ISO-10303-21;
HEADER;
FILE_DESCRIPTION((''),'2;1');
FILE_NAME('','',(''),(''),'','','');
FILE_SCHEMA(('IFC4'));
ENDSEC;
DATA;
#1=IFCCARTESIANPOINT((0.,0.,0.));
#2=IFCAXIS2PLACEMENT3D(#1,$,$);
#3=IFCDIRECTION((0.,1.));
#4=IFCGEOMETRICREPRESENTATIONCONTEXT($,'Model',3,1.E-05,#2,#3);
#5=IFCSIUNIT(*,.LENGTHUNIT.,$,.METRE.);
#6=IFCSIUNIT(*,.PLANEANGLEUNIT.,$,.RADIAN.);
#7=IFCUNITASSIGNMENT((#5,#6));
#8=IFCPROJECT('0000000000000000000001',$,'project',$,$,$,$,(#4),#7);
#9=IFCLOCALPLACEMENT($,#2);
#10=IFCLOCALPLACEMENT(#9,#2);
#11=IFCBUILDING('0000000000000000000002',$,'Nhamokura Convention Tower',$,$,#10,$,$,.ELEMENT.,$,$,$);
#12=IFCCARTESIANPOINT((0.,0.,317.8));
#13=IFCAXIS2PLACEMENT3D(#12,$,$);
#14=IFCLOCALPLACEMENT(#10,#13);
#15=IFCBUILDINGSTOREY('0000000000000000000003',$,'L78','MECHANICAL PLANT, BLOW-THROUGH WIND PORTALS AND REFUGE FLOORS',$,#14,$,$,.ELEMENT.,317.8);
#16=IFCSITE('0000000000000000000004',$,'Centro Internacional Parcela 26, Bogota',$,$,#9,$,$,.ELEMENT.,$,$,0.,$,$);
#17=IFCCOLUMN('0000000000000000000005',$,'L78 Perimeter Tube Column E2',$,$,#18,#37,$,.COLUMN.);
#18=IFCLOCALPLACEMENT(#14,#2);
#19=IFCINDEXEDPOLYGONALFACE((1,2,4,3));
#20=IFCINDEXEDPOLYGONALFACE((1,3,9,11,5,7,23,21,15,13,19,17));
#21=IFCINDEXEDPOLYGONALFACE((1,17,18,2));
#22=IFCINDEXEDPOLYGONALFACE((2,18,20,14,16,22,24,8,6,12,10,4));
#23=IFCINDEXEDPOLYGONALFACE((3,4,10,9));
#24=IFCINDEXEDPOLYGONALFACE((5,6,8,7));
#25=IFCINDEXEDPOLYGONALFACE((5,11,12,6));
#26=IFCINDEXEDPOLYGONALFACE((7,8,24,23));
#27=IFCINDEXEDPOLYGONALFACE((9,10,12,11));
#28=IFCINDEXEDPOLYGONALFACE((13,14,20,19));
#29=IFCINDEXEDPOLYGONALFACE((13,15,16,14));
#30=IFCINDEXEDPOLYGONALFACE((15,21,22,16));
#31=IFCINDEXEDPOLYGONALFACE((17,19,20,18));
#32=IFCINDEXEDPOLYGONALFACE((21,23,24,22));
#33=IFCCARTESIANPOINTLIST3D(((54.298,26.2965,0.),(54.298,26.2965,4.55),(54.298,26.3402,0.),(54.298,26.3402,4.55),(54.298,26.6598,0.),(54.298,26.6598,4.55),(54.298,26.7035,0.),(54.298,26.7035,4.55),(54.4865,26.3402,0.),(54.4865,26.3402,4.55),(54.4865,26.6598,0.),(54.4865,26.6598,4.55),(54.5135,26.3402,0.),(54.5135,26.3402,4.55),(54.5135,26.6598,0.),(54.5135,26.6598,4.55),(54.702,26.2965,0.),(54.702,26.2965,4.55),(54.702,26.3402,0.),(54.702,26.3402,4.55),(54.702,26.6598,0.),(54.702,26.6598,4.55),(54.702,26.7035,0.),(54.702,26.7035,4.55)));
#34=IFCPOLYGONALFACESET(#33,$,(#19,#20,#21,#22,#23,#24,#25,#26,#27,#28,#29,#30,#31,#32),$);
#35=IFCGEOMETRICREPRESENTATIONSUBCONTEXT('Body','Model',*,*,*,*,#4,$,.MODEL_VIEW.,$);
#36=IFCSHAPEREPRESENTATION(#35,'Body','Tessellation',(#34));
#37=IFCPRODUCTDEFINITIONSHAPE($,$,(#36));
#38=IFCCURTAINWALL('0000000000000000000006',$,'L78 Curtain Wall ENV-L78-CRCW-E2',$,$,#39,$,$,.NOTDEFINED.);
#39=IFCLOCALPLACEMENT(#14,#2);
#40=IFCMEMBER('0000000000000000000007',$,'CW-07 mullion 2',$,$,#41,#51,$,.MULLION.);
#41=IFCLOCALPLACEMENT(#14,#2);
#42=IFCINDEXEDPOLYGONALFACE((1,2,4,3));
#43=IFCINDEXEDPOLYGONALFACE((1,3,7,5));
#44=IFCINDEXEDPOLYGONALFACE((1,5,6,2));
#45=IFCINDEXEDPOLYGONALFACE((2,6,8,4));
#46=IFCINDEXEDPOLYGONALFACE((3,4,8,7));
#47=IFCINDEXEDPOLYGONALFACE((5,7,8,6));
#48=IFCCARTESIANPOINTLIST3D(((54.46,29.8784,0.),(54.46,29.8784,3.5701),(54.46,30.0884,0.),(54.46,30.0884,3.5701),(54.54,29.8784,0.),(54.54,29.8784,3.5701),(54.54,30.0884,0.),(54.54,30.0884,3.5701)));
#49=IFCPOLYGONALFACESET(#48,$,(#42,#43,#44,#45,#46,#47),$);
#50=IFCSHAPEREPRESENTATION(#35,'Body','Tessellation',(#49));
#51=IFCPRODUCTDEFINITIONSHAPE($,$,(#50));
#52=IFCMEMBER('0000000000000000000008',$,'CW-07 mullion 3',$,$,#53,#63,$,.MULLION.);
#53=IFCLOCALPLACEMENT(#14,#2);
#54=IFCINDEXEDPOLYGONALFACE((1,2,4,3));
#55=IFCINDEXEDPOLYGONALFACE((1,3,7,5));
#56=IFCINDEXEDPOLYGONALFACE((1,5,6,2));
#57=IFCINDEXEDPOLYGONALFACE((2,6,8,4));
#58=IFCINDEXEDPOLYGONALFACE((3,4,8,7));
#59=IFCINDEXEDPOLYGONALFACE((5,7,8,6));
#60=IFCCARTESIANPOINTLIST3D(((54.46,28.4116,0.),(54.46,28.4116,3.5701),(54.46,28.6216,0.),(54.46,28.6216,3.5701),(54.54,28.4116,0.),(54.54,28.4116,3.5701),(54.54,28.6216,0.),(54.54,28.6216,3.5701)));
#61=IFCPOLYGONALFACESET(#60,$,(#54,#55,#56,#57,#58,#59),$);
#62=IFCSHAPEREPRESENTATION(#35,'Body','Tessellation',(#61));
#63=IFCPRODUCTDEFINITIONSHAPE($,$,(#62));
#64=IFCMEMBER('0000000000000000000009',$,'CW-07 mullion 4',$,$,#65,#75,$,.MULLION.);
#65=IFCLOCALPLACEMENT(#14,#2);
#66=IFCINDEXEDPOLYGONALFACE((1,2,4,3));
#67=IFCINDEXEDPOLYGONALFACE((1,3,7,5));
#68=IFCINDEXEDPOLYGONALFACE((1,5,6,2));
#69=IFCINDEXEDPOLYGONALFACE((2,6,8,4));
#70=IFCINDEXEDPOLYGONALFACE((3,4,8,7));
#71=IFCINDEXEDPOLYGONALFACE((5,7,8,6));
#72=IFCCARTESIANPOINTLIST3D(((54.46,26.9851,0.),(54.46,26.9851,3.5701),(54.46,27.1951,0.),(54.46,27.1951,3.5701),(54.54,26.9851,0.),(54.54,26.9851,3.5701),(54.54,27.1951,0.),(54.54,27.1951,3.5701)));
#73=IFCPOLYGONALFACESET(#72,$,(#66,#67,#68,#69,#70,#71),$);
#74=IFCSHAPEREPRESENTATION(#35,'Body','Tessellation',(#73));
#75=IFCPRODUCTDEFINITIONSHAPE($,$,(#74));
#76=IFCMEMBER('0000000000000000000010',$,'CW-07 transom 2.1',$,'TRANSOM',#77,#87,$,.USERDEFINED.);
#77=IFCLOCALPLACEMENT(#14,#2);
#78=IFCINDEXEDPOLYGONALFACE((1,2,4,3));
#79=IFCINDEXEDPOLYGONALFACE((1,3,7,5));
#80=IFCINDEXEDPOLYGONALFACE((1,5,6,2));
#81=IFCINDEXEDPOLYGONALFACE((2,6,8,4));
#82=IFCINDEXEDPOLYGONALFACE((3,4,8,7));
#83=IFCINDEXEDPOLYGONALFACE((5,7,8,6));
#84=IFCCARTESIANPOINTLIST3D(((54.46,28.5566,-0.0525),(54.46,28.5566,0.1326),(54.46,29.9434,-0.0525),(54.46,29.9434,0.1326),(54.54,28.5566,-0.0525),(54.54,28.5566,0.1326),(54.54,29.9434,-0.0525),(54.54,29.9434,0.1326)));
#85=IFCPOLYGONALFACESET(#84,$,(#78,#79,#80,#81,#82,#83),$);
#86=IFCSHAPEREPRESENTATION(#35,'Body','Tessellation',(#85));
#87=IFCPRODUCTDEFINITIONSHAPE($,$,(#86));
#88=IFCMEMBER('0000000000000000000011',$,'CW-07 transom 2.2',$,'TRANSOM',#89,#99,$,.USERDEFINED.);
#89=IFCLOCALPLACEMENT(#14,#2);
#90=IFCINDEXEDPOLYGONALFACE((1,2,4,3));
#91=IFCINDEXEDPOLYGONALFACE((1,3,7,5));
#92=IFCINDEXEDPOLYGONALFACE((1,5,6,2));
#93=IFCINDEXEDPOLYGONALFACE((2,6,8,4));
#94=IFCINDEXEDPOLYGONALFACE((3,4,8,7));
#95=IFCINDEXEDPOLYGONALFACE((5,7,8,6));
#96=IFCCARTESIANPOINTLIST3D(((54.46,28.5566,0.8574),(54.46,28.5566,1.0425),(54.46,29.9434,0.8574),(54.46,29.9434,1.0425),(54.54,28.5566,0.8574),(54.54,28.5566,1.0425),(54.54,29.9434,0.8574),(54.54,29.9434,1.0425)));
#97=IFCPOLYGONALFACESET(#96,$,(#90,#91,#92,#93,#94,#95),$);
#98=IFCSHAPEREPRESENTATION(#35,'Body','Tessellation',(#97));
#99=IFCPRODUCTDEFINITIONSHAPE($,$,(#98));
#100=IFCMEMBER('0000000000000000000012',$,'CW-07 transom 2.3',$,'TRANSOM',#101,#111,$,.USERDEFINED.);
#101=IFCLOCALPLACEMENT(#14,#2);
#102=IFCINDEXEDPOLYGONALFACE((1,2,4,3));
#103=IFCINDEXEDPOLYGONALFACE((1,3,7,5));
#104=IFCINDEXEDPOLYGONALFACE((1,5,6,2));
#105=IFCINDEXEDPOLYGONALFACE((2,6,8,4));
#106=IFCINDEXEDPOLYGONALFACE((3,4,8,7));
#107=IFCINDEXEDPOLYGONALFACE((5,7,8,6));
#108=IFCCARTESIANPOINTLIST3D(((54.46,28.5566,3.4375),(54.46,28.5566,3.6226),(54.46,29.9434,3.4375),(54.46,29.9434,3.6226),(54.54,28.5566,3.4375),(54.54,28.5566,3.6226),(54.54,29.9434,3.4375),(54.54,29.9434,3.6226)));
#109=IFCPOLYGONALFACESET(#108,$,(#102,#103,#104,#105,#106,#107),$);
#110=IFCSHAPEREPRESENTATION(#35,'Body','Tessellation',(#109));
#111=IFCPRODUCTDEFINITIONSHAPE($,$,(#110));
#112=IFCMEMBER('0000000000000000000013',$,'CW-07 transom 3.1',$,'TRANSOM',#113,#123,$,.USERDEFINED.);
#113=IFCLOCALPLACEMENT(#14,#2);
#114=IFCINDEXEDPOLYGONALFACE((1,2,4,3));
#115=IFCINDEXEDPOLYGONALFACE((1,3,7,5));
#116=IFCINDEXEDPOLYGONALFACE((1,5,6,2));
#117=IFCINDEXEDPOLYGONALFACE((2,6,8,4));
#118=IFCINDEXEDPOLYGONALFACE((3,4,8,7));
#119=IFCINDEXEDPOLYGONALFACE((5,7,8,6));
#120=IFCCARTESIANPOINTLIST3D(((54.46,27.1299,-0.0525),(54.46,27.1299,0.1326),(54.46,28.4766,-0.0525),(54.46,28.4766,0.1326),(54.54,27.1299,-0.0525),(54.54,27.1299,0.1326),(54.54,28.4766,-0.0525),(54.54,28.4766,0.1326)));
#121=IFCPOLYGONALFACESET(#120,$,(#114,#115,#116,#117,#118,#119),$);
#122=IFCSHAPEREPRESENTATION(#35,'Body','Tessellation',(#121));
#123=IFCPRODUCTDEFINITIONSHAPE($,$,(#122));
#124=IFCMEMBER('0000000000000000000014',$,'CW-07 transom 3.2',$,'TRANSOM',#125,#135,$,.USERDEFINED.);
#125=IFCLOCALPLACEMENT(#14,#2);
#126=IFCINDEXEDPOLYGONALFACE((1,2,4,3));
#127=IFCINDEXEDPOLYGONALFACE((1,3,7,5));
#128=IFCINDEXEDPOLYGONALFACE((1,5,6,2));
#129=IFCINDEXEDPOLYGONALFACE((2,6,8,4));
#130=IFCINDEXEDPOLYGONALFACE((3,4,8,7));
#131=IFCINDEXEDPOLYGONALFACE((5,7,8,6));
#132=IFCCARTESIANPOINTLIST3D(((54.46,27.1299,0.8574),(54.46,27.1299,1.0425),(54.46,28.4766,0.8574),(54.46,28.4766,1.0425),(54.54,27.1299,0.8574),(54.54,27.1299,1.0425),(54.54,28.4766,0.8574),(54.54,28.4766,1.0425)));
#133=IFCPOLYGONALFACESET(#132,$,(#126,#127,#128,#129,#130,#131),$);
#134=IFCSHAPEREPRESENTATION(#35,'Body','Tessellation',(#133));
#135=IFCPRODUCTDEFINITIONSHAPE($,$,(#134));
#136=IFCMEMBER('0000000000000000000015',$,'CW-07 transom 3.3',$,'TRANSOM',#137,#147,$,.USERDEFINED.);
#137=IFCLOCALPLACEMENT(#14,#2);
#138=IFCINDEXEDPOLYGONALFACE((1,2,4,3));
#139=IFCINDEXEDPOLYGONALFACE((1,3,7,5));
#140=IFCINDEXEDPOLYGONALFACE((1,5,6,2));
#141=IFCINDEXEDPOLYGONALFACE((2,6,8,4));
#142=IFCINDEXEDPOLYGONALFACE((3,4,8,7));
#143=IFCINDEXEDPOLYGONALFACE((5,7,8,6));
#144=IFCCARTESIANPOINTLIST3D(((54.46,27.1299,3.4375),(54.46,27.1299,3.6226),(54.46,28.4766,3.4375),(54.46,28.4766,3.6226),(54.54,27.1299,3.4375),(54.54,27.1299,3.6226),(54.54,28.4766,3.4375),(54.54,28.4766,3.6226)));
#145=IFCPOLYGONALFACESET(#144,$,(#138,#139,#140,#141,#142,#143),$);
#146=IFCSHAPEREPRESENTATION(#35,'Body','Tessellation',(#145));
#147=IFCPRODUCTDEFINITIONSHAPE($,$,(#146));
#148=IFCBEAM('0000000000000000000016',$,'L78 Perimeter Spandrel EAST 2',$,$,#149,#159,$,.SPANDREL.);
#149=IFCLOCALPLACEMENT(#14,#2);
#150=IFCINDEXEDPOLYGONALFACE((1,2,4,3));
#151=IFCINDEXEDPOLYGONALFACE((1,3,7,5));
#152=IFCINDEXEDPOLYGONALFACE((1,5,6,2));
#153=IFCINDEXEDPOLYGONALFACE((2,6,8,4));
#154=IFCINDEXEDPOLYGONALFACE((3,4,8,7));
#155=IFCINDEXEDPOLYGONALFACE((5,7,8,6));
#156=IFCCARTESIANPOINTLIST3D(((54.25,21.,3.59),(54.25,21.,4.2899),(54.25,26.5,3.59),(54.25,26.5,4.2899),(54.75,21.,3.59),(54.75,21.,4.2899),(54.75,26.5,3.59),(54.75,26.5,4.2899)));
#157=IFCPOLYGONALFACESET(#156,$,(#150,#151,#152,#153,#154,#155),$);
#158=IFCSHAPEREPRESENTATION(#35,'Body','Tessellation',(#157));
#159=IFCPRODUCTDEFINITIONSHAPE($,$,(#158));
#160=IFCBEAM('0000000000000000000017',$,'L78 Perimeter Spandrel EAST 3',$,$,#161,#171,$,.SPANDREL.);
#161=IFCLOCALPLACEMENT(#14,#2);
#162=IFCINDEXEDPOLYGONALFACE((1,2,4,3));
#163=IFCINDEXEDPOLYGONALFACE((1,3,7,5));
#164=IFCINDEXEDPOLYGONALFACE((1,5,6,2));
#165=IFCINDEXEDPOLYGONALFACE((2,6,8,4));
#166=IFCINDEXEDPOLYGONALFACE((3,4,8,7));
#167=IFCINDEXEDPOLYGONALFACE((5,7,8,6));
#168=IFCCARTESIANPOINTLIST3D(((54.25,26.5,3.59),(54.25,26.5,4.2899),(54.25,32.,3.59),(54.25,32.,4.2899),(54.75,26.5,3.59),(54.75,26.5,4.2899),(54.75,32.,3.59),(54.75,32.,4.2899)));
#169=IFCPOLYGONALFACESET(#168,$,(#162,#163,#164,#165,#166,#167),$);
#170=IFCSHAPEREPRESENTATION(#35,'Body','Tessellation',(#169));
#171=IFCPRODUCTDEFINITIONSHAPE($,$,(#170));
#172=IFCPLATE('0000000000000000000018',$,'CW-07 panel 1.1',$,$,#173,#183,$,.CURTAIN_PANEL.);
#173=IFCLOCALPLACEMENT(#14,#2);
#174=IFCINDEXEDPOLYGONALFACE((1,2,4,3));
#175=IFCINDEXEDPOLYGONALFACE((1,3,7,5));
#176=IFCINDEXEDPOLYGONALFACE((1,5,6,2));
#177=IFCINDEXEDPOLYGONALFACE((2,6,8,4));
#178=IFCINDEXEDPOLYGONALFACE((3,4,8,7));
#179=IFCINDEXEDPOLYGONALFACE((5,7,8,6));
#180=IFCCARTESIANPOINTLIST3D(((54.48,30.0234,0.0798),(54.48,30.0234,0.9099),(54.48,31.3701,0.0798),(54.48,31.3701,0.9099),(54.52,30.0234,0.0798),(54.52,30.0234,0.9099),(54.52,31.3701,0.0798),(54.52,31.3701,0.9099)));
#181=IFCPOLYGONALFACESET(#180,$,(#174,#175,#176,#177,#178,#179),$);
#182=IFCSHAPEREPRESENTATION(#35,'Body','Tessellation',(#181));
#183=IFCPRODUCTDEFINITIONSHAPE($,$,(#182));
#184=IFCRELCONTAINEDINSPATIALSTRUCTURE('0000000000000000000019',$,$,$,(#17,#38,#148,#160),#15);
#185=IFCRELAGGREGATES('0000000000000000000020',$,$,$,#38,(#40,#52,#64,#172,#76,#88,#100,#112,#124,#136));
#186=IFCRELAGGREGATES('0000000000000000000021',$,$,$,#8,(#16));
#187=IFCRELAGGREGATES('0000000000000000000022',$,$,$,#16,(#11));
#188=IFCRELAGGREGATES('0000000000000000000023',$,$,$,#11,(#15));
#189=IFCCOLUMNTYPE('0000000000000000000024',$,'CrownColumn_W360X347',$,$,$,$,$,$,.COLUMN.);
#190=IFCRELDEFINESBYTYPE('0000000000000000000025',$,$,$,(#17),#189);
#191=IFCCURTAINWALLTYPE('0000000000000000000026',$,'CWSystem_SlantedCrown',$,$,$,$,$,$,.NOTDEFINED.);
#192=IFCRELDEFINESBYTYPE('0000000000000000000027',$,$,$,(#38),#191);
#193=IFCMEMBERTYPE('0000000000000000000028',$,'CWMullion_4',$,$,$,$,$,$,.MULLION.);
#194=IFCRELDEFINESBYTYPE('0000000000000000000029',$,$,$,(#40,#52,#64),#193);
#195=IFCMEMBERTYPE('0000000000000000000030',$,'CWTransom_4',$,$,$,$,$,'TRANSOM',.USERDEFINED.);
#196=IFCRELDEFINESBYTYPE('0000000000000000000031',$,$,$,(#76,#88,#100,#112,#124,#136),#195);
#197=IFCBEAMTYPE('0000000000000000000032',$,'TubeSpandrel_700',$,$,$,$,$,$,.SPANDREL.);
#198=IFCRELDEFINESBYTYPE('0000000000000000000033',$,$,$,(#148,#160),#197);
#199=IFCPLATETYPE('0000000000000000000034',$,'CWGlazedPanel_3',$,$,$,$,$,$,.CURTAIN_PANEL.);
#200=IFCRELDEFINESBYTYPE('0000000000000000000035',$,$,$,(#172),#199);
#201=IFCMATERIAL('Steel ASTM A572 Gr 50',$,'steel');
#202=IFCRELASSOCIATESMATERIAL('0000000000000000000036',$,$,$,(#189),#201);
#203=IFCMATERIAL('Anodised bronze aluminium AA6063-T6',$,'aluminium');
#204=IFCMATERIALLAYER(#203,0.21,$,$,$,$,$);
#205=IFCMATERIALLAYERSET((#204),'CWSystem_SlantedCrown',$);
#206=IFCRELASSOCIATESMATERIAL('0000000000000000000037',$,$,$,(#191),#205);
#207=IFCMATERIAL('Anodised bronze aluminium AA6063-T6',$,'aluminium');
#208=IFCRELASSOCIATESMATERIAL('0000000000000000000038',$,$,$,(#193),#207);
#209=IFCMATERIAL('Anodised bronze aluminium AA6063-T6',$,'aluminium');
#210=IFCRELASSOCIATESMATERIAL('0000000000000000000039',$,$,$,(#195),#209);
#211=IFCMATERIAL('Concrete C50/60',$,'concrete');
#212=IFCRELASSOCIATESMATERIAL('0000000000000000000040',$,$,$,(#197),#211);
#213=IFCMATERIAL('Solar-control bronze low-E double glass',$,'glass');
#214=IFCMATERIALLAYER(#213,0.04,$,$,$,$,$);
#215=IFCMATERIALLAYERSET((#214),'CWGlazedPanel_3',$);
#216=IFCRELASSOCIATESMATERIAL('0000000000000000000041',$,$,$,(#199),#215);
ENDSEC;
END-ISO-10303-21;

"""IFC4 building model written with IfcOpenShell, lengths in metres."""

from ifc_helpers import new_model, si_unit, direction, frame, origin, origin_2d, place, context, subcontext, project, spatial, rectangle, i_section, extrude, material, layer, layer_set, material_profile, profile_set, type_object, element, aggregate, save


model = new_model("IFC4")

# Units and contexts
model_context = context("Model", 3, precision=1e-05, world=origin(), true_north=direction((0.0, 1.0)))
body_context = subcontext(model_context, "Body", "Model", "MODEL_VIEW")
ifc_project = project(units=[si_unit("LENGTHUNIT", "METRE"), si_unit("PLANEANGLEUNIT", "RADIAN")], contexts=[model_context])

# Site, building, storey
site_placement = place(None, origin())
site = spatial("IfcSite", under=ifc_project, at=site_placement, Name="Centro Internacional Parcela 26, Bogota", CompositionType="ELEMENT", RefElevation=0.0)
building_placement = place(site_placement, origin())
building = spatial("IfcBuilding", under=site, at=building_placement, Name="Nhamokura Convention Tower", CompositionType="ELEMENT")
storey_placement = place(building_placement, frame((0.0, 0.0, 317.8)))
storey = spatial("IfcBuildingStorey", under=building, at=storey_placement, Name="L78", Description="MECHANICAL PLANT, BLOW-THROUGH WIND PORTALS AND REFUGE FLOORS", CompositionType="ELEMENT", Elevation=317.8)

# Column
ifc_material_1 = material(Name="Steel ASTM A572 Gr 50", Category="steel")
ifc_material_profile_1 = material_profile(ifc_material_1, i_section(OverallWidth=0.4041, OverallDepth=0.407, WebThickness=0.0271, FlangeThickness=0.0437, at=origin_2d()))
ifc_profile_set_1 = profile_set([ifc_material_profile_1], Name="Steel ASTM A572 Gr 50")
column_type = type_object("IfcColumnType", Name="CrownColumn_W360X347", PredefinedType="COLUMN", material=ifc_profile_set_1)
column_placement = place(storey_placement, frame((54.5, 26.5, 0.0), z_axis=(0.0, 0.0, 1.0), x_axis=(1.0, 0.0, 0.0)))
element("IfcColumn", 1, at=column_placement, inside=storey, type_object=column_type, Name="L78 Perimeter Tube Column E2", PredefinedType="COLUMN", context=body_context, shape_type="SweptSolid", body=[
    extrude(i_section(OverallWidth=0.4041, OverallDepth=0.407, WebThickness=0.0271, FlangeThickness=0.0437, at=origin_2d()), origin(), (0.0, 0.0, 1.0), 4.55),
])

# Curtain wall, members
ifc_material_2 = material(Name="Anodised bronze aluminium AA6063-T6", Category="aluminium")
ifc_layer_1 = layer(ifc_material_2, 0.21)
ifc_layer_set_1 = layer_set([ifc_layer_1], Name="CWSystem_SlantedCrown")
curtain_wall_type = type_object("IfcCurtainWallType", Name="CWSystem_SlantedCrown", PredefinedType="NOTDEFINED", material=ifc_layer_set_1)
curtain_wall_placement = place(storey_placement, origin())
curtain_wall = element("IfcCurtainWall", 2, at=curtain_wall_placement, inside=storey, type_object=curtain_wall_type, Name="L78 Curtain Wall ENV-L78-CRCW-E2", PredefinedType="NOTDEFINED")
ifc_material_3 = material(Name="Anodised bronze aluminium AA6063-T6", Category="aluminium")
ifc_material_profile_2 = material_profile(ifc_material_3, rectangle(XDim=0.0801, YDim=0.21, at=origin_2d()))
ifc_profile_set_2 = profile_set([ifc_material_profile_2], Name="Anodised bronze aluminium AA6063-T6")
member_type_1 = type_object("IfcMemberType", Name="CWMullion_4", PredefinedType="MULLION", material=ifc_profile_set_2)
member_1_placement = place(storey_placement, frame((54.5, 29.9834, 0.0), z_axis=(0.0, 0.0, 1.0), x_axis=(1.0, 0.0, 0.0)))
member_1 = element("IfcMember", 3, at=member_1_placement, type_object=member_type_1, Name="CW-07 mullion 2", PredefinedType="MULLION", context=body_context, shape_type="SweptSolid", body=[
    extrude(rectangle(XDim=0.0801, YDim=0.21, at=origin_2d()), origin(), (0.0, 0.0, 1.0), 3.5701),
])
member_2_placement = place(storey_placement, frame((54.5, 28.5166, 0.0), z_axis=(0.0, 0.0, 1.0), x_axis=(1.0, 0.0, 0.0)))
member_2 = element("IfcMember", 4, at=member_2_placement, type_object=member_type_1, Name="CW-07 mullion 3", PredefinedType="MULLION", context=body_context, shape_type="SweptSolid", body=[
    extrude(rectangle(XDim=0.0801, YDim=0.21, at=origin_2d()), origin(), (0.0, 0.0, 1.0), 3.5701),
])
member_3_placement = place(storey_placement, frame((54.5, 27.0901, 0.0), z_axis=(0.0, 0.0, 1.0), x_axis=(1.0, 0.0, 0.0)))
member_3 = element("IfcMember", 5, at=member_3_placement, type_object=member_type_1, Name="CW-07 mullion 4", PredefinedType="MULLION", context=body_context, shape_type="SweptSolid", body=[
    extrude(rectangle(XDim=0.0801, YDim=0.21, at=origin_2d()), origin(), (0.0, 0.0, 1.0), 3.5701),
])
ifc_material_4 = material(Name="Anodised bronze aluminium AA6063-T6", Category="aluminium")
ifc_material_profile_3 = material_profile(ifc_material_4, rectangle(XDim=0.0801, YDim=0.1851, at=origin_2d()))
ifc_profile_set_3 = profile_set([ifc_material_profile_3], Name="Anodised bronze aluminium AA6063-T6")
member_type_2 = type_object("IfcMemberType", Name="CWTransom_4", ElementType="TRANSOM", PredefinedType="USERDEFINED", material=ifc_profile_set_3)
member_4_placement = place(storey_placement, frame((54.5, 29.9434, 0.04), z_axis=(0.0, -1.0, 0.0), x_axis=(1.0, 0.0, 0.0)))
member_4 = element("IfcMember", 6, at=member_4_placement, type_object=member_type_2, Name="CW-07 transom 2.1", ObjectType="TRANSOM", PredefinedType="USERDEFINED", context=body_context, shape_type="SweptSolid", body=[
    extrude(rectangle(XDim=0.0801, YDim=0.1851, at=origin_2d()), origin(), (0.0, 0.0, 1.0), 1.3867),
])
member_5_placement = place(storey_placement, frame((54.5, 29.9434, 0.95), z_axis=(0.0, -1.0, 0.0), x_axis=(1.0, 0.0, 0.0)))
member_5 = element("IfcMember", 7, at=member_5_placement, type_object=member_type_2, Name="CW-07 transom 2.2", ObjectType="TRANSOM", PredefinedType="USERDEFINED", context=body_context, shape_type="SweptSolid", body=[
    extrude(rectangle(XDim=0.0801, YDim=0.1851, at=origin_2d()), origin(), (0.0, 0.0, 1.0), 1.3867),
])
member_6_placement = place(storey_placement, frame((54.5, 29.9434, 3.53), z_axis=(0.0, -1.0, 0.0), x_axis=(1.0, 0.0, 0.0)))
member_6 = element("IfcMember", 8, at=member_6_placement, type_object=member_type_2, Name="CW-07 transom 2.3", ObjectType="TRANSOM", PredefinedType="USERDEFINED", context=body_context, shape_type="SweptSolid", body=[
    extrude(rectangle(XDim=0.0801, YDim=0.1851, at=origin_2d()), origin(), (0.0, 0.0, 1.0), 1.3867),
])
member_7_placement = place(storey_placement, frame((54.5, 28.4766, 0.04), z_axis=(0.0, -1.0, 0.0), x_axis=(1.0, 0.0, 0.0)))
member_7 = element("IfcMember", 9, at=member_7_placement, type_object=member_type_2, Name="CW-07 transom 3.1", ObjectType="TRANSOM", PredefinedType="USERDEFINED", context=body_context, shape_type="SweptSolid", body=[
    extrude(rectangle(XDim=0.0801, YDim=0.1851, at=origin_2d()), origin(), (0.0, 0.0, 1.0), 1.3467),
])
member_8_placement = place(storey_placement, frame((54.5, 28.4766, 0.95), z_axis=(0.0, -1.0, 0.0), x_axis=(1.0, 0.0, 0.0)))
member_8 = element("IfcMember", 10, at=member_8_placement, type_object=member_type_2, Name="CW-07 transom 3.2", ObjectType="TRANSOM", PredefinedType="USERDEFINED", context=body_context, shape_type="SweptSolid", body=[
    extrude(rectangle(XDim=0.0801, YDim=0.1851, at=origin_2d()), origin(), (0.0, 0.0, 1.0), 1.3467),
])
member_9_placement = place(storey_placement, frame((54.5, 28.4766, 3.53), z_axis=(0.0, -1.0, 0.0), x_axis=(1.0, 0.0, 0.0)))
member_9 = element("IfcMember", 11, at=member_9_placement, type_object=member_type_2, Name="CW-07 transom 3.3", ObjectType="TRANSOM", PredefinedType="USERDEFINED", context=body_context, shape_type="SweptSolid", body=[
    extrude(rectangle(XDim=0.0801, YDim=0.1851, at=origin_2d()), origin(), (0.0, 0.0, 1.0), 1.3467),
])

# Beams
ifc_material_5 = material(Name="Concrete C50/60", Category="concrete")
ifc_material_profile_4 = material_profile(ifc_material_5, rectangle(XDim=0.5, YDim=0.7, at=origin_2d()))
ifc_profile_set_4 = profile_set([ifc_material_profile_4], Name="Concrete C50/60")
beam_type = type_object("IfcBeamType", Name="TubeSpandrel_700", PredefinedType="SPANDREL", material=ifc_profile_set_4)
for number, where, z_axis, x_axis, name in (
    (12, (54.5, 21.0, 3.9399), (0.0, 1.0, 0.0), (-1.0, 0.0, 0.0), "L78 Perimeter Spandrel EAST 2"),
    (13, (54.5, 26.5, 3.9399), (0.0, 1.0, 0.0), (-1.0, 0.0, 0.0), "L78 Perimeter Spandrel EAST 3"),
):
    element("IfcBeam", number, at=place(storey_placement, frame(where, z_axis=z_axis, x_axis=x_axis)), inside=storey, type_object=beam_type, Name=name, PredefinedType="SPANDREL", context=body_context, shape_type="SweptSolid", body=[
        extrude(rectangle(XDim=0.5, YDim=0.7, at=origin_2d()), origin(), (0.0, 0.0, 1.0), 5.5),
    ])

# Plate
ifc_material_6 = material(Name="Solar-control bronze low-E double glass", Category="glass")
ifc_layer_2 = layer(ifc_material_6, 0.04)
ifc_layer_set_2 = layer_set([ifc_layer_2], Name="CWGlazedPanel_3")
plate_type = type_object("IfcPlateType", Name="CWGlazedPanel_3", PredefinedType="CURTAIN_PANEL", material=ifc_layer_set_2)
plate_1_placement = place(storey_placement, frame((54.5, 30.6968, 0.0798), z_axis=(0.0, 0.0, 1.0), x_axis=(0.0, -1.0, 0.0)))
plate_1 = element("IfcPlate", 14, at=plate_1_placement, type_object=plate_type, Name="CW-07 panel 1.1", PredefinedType="CURTAIN_PANEL", context=body_context, shape_type="SweptSolid", body=[
    extrude(rectangle(XDim=1.3467, YDim=0.04, at=origin_2d()), origin(), (0.0, 0.0, 1.0), 0.8301),
])
aggregate(curtain_wall, [member_1, member_2, member_3, plate_1, member_4, member_5, member_6, member_7, member_8, member_9])

save(model, "model.ifc")
